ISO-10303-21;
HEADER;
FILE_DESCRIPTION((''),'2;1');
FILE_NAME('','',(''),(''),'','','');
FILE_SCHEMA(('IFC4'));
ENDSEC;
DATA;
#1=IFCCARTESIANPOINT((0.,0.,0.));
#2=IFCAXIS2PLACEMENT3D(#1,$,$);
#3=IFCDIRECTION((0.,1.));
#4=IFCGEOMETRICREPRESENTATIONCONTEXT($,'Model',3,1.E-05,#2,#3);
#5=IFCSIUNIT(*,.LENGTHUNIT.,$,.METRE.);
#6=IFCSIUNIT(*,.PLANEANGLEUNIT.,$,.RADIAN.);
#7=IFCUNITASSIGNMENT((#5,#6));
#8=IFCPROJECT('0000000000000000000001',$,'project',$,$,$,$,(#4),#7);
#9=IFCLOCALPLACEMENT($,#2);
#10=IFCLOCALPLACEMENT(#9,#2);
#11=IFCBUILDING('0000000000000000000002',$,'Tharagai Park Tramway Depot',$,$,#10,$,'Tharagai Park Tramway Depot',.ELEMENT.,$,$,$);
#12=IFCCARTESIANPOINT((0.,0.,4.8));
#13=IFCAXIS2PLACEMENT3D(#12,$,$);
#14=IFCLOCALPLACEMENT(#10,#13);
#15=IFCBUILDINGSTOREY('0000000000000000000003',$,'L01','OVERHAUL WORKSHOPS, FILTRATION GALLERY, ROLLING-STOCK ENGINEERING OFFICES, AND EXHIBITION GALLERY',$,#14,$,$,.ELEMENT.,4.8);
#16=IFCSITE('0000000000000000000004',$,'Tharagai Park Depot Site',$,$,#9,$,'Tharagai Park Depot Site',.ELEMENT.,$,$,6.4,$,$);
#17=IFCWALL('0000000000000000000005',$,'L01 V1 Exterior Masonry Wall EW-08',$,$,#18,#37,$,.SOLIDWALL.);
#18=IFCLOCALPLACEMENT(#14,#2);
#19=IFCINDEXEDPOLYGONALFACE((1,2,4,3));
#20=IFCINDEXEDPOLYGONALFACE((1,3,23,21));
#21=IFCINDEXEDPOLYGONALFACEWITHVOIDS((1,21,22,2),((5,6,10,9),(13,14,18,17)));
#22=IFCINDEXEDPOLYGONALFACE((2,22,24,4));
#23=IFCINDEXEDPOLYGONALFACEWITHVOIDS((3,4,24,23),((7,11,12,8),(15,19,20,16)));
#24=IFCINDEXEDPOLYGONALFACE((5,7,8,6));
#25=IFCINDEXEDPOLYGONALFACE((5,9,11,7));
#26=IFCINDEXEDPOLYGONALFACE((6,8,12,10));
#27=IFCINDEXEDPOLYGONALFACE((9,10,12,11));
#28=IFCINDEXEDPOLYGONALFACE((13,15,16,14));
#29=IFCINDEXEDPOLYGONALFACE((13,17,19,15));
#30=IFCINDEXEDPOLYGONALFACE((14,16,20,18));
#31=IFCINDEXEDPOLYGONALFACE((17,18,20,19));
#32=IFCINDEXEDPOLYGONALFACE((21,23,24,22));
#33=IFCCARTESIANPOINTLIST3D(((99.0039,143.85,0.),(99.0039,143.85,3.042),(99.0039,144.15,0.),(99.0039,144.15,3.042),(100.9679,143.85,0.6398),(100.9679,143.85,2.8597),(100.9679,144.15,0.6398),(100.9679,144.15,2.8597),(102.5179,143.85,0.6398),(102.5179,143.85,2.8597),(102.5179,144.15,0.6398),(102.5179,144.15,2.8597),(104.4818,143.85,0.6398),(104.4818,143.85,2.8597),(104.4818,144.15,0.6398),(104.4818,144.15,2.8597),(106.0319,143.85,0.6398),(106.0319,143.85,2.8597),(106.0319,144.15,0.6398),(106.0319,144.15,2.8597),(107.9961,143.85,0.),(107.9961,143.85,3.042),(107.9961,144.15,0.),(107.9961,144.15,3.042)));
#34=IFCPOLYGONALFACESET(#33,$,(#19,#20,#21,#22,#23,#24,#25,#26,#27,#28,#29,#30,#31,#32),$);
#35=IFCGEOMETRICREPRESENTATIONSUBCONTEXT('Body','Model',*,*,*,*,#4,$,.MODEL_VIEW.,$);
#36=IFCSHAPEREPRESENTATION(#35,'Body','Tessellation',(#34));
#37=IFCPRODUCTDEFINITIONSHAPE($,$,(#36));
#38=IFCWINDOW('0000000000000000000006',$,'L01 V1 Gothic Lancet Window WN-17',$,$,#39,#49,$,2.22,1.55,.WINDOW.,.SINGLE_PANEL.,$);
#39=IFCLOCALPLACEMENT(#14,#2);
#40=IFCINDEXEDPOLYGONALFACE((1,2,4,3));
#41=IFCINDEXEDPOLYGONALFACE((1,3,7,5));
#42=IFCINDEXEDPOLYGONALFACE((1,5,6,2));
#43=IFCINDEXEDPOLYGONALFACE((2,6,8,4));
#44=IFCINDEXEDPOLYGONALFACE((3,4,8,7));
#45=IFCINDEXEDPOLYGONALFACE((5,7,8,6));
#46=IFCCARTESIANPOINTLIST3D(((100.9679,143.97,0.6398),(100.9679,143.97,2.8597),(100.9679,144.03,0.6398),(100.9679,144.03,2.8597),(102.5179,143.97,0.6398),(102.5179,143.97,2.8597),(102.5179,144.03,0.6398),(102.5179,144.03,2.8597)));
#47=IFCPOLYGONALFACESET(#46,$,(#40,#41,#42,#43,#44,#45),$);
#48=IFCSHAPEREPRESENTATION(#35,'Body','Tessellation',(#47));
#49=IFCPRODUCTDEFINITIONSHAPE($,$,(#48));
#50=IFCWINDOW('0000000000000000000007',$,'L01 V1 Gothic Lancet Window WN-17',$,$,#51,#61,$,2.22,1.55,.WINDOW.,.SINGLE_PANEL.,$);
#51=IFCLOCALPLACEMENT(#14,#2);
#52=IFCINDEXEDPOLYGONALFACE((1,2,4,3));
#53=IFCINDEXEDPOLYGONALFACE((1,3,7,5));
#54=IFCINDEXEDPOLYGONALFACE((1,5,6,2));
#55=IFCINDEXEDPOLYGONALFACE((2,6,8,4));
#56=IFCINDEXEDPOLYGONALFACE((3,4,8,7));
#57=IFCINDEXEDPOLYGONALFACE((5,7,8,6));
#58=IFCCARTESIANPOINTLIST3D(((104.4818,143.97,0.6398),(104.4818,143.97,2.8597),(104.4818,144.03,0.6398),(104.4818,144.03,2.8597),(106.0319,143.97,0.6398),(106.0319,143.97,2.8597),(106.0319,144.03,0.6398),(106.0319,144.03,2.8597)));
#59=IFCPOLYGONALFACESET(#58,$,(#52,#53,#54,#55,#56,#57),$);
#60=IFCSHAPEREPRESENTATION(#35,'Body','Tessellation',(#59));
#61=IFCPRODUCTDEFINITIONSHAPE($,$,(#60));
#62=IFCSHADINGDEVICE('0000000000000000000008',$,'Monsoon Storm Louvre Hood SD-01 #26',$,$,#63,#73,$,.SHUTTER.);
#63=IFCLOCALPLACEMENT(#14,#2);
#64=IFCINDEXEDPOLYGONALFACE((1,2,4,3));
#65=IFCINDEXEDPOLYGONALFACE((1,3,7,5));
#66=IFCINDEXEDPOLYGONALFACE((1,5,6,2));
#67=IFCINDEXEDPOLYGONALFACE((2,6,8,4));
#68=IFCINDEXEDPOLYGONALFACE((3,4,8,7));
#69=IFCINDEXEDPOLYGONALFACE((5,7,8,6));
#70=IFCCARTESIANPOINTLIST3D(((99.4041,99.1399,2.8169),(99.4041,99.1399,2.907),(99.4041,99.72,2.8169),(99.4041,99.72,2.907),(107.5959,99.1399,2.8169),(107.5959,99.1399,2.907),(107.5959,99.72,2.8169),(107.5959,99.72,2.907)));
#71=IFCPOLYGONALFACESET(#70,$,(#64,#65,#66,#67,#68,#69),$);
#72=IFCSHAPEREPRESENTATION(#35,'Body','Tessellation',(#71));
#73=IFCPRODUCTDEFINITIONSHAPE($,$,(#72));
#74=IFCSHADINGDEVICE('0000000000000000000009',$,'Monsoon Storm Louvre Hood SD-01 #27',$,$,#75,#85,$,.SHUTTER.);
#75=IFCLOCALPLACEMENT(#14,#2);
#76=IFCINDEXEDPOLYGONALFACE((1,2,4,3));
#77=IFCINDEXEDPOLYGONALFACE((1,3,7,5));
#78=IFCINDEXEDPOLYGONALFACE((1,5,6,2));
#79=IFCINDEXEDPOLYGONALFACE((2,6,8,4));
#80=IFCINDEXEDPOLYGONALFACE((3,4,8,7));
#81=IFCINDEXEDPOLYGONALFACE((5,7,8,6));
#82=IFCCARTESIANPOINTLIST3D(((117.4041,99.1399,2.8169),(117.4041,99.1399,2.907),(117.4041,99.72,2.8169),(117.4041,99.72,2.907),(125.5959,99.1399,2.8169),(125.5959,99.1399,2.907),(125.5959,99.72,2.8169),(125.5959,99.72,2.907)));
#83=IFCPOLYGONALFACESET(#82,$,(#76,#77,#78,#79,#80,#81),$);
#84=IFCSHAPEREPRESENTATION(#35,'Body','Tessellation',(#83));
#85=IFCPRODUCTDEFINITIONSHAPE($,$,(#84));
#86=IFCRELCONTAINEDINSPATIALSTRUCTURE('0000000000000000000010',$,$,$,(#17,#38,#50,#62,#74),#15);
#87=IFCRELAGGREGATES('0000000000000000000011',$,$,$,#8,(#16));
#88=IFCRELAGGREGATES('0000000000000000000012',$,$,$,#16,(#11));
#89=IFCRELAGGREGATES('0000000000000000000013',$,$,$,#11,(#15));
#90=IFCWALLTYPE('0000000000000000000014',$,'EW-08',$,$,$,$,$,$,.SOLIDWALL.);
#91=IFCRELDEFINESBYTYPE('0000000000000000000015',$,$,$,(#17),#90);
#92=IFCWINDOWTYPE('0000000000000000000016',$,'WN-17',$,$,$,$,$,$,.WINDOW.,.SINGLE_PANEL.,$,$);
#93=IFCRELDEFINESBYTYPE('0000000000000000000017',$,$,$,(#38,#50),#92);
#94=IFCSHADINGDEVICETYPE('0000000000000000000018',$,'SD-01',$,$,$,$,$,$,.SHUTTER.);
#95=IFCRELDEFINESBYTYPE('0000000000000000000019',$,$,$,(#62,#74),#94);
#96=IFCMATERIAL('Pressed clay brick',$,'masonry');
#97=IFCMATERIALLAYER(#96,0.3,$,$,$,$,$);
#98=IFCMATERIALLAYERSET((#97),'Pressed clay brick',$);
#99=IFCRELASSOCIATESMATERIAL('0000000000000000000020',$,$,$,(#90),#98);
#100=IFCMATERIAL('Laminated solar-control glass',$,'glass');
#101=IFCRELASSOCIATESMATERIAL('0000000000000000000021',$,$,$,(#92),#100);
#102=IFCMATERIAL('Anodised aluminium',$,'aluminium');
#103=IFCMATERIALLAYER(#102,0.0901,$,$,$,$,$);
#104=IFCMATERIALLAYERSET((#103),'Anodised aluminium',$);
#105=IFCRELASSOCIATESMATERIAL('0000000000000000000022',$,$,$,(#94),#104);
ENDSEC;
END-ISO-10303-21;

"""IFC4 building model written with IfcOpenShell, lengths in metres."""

from ifc_helpers import new_model, si_unit, direction, frame, frame_2d, origin, origin_2d, place, context, subcontext, project, spatial, rectangle, extrude, material, layer, layer_set, type_object, element, fill, save


model = new_model("IFC4")

# Units and contexts
model_context = context("Model", 3, precision=1e-05, world=origin(), true_north=direction((0.0, 1.0)))
body_context = subcontext(model_context, "Body", "Model", "MODEL_VIEW")
ifc_project = project(units=[si_unit("LENGTHUNIT", "METRE"), si_unit("PLANEANGLEUNIT", "RADIAN")], contexts=[model_context])

# Site, building, storey
site_placement = place(None, origin())
site = spatial("IfcSite", under=ifc_project, at=site_placement, Name="Tharagai Park Depot Site", LongName="Tharagai Park Depot Site", CompositionType="ELEMENT", RefElevation=6.4)
building_placement = place(site_placement, origin())
building = spatial("IfcBuilding", under=site, at=building_placement, Name="Tharagai Park Tramway Depot", LongName="Tharagai Park Tramway Depot", CompositionType="ELEMENT")
storey_placement = place(building_placement, frame((0.0, 0.0, 4.8)))
storey = spatial("IfcBuildingStorey", under=building, at=storey_placement, Name="L01", Description="OVERHAUL WORKSHOPS, FILTRATION GALLERY, ROLLING-STOCK ENGINEERING OFFICES, AND EXHIBITION GALLERY", CompositionType="ELEMENT", Elevation=4.8)

# Shared definitions
ifc_material_1 = material(Name="Anodised aluminium", Category="aluminium")

# Wall, openings, windows
ifc_material_2 = material(Name="Pressed clay brick", Category="masonry")
ifc_layer_1 = layer(ifc_material_2, 0.3)
ifc_layer_set_1 = layer_set([ifc_layer_1], Name="Pressed clay brick")
wall_type = type_object("IfcWallType", Name="EW-08", PredefinedType="SOLIDWALL", material=ifc_layer_set_1)
ifc_material_3 = material(Name="Laminated solar-control glass", Category="glass")
wall_1_placement = place(storey_placement, frame((99.0039, 144.0, 0.0), z_axis=(0.0, 0.0, 1.0), x_axis=(1.0, 0.0, 0.0)))
wall_1 = element("IfcWall", 1, at=wall_1_placement, inside=storey, type_object=wall_type, Name="L01 V1 Exterior Masonry Wall EW-08", PredefinedType="SOLIDWALL", context=body_context, shape_type="SweptSolid", body=[
    extrude(rectangle(XDim=8.9922, YDim=0.3, at=frame_2d((4.4961, 0.0))), origin(), (0.0, 0.0, 1.0), 3.042),
])
opening_1_placement = place(wall_1_placement, frame((1.9641, 0.0, 0.6399)))
opening_1 = element("IfcOpeningElement", 2, at=opening_1_placement, cuts=wall_1, PredefinedType="OPENING", context=body_context, shape_type="SweptSolid", body=[
    extrude(rectangle(XDim=1.55, YDim=2.22, at=frame_2d((0.7749, 1.1099))), frame((0.0, 0.1599, 0.0), z_axis=(0.0, -1.0, 0.0), x_axis=(1.0, 0.0, 0.0)), (0.0, 0.0, 1.0), 0.3201),
])
opening_2_placement = place(wall_1_placement, frame((5.478, 0.0, 0.6399)))
opening_2 = element("IfcOpeningElement", 3, at=opening_2_placement, cuts=wall_1, PredefinedType="OPENING", context=body_context, shape_type="SweptSolid", body=[
    extrude(rectangle(XDim=1.55, YDim=2.22, at=frame_2d((0.7749, 1.1099))), frame((0.0, 0.1599, 0.0), z_axis=(0.0, -1.0, 0.0), x_axis=(1.0, 0.0, 0.0)), (0.0, 0.0, 1.0), 0.3201),
])
window_type_1 = type_object("IfcWindowType", Name="WN-17", PartitioningType="SINGLE_PANEL", PredefinedType="WINDOW", material=ifc_material_3)
window_1_placement = place(opening_1_placement, origin())
window_1 = element("IfcWindow", 4, at=window_1_placement, inside=storey, type_object=window_type_1, Name="L01 V1 Gothic Lancet Window WN-17", OverallHeight=2.22, OverallWidth=1.55, PartitioningType="SINGLE_PANEL", PredefinedType="WINDOW", context=body_context, shape_type="SweptSolid", body=[
    extrude(rectangle(XDim=1.55, YDim=2.22, at=frame_2d((0.7749, 1.1099))), frame((0.0, 0.03, 0.0), z_axis=(0.0, -1.0, 0.0), x_axis=(1.0, 0.0, 0.0)), (0.0, 0.0, 1.0), 0.0601),
])
fill(opening_1, window_1)
window_2_placement = place(opening_2_placement, origin())
window_2 = element("IfcWindow", 5, at=window_2_placement, inside=storey, type_object=window_type_1, Name="L01 V1 Gothic Lancet Window WN-17", OverallHeight=2.22, OverallWidth=1.55, PartitioningType="SINGLE_PANEL", PredefinedType="WINDOW", context=body_context, shape_type="SweptSolid", body=[
    extrude(rectangle(XDim=1.55, YDim=2.22, at=frame_2d((0.7749, 1.1099))), frame((0.0, 0.03, 0.0), z_axis=(0.0, -1.0, 0.0), x_axis=(1.0, 0.0, 0.0)), (0.0, 0.0, 1.0), 0.0601),
])
fill(opening_2, window_2)

# Shading devices
ifc_layer_2 = layer(ifc_material_1, 0.0901)
ifc_layer_set_2 = layer_set([ifc_layer_2], Name="Anodised aluminium")
shading_device_type = type_object("IfcShadingDeviceType", Name="SD-01", PredefinedType="SHUTTER", material=ifc_layer_set_2)
for number, where, z_axis, x_axis, name in (
    (6, (103.5, 99.4299, 2.8169), (0.0, 0.0, 1.0), (1.0, 0.0, 0.0), "Monsoon Storm Louvre Hood SD-01 #26"),
    (7, (121.5, 99.4299, 2.8169), (0.0, 0.0, 1.0), (1.0, 0.0, 0.0), "Monsoon Storm Louvre Hood SD-01 #27"),
):
    element("IfcShadingDevice", number, at=place(storey_placement, frame(where, z_axis=z_axis, x_axis=x_axis)), inside=storey, type_object=shading_device_type, Name=name, PredefinedType="SHUTTER", context=body_context, shape_type="SweptSolid", body=[
        extrude(rectangle(XDim=8.1919, YDim=0.5801, at=origin_2d()), origin(), (0.0, 0.0, 1.0), 0.0901),
    ])

save(model, "model.ifc")
